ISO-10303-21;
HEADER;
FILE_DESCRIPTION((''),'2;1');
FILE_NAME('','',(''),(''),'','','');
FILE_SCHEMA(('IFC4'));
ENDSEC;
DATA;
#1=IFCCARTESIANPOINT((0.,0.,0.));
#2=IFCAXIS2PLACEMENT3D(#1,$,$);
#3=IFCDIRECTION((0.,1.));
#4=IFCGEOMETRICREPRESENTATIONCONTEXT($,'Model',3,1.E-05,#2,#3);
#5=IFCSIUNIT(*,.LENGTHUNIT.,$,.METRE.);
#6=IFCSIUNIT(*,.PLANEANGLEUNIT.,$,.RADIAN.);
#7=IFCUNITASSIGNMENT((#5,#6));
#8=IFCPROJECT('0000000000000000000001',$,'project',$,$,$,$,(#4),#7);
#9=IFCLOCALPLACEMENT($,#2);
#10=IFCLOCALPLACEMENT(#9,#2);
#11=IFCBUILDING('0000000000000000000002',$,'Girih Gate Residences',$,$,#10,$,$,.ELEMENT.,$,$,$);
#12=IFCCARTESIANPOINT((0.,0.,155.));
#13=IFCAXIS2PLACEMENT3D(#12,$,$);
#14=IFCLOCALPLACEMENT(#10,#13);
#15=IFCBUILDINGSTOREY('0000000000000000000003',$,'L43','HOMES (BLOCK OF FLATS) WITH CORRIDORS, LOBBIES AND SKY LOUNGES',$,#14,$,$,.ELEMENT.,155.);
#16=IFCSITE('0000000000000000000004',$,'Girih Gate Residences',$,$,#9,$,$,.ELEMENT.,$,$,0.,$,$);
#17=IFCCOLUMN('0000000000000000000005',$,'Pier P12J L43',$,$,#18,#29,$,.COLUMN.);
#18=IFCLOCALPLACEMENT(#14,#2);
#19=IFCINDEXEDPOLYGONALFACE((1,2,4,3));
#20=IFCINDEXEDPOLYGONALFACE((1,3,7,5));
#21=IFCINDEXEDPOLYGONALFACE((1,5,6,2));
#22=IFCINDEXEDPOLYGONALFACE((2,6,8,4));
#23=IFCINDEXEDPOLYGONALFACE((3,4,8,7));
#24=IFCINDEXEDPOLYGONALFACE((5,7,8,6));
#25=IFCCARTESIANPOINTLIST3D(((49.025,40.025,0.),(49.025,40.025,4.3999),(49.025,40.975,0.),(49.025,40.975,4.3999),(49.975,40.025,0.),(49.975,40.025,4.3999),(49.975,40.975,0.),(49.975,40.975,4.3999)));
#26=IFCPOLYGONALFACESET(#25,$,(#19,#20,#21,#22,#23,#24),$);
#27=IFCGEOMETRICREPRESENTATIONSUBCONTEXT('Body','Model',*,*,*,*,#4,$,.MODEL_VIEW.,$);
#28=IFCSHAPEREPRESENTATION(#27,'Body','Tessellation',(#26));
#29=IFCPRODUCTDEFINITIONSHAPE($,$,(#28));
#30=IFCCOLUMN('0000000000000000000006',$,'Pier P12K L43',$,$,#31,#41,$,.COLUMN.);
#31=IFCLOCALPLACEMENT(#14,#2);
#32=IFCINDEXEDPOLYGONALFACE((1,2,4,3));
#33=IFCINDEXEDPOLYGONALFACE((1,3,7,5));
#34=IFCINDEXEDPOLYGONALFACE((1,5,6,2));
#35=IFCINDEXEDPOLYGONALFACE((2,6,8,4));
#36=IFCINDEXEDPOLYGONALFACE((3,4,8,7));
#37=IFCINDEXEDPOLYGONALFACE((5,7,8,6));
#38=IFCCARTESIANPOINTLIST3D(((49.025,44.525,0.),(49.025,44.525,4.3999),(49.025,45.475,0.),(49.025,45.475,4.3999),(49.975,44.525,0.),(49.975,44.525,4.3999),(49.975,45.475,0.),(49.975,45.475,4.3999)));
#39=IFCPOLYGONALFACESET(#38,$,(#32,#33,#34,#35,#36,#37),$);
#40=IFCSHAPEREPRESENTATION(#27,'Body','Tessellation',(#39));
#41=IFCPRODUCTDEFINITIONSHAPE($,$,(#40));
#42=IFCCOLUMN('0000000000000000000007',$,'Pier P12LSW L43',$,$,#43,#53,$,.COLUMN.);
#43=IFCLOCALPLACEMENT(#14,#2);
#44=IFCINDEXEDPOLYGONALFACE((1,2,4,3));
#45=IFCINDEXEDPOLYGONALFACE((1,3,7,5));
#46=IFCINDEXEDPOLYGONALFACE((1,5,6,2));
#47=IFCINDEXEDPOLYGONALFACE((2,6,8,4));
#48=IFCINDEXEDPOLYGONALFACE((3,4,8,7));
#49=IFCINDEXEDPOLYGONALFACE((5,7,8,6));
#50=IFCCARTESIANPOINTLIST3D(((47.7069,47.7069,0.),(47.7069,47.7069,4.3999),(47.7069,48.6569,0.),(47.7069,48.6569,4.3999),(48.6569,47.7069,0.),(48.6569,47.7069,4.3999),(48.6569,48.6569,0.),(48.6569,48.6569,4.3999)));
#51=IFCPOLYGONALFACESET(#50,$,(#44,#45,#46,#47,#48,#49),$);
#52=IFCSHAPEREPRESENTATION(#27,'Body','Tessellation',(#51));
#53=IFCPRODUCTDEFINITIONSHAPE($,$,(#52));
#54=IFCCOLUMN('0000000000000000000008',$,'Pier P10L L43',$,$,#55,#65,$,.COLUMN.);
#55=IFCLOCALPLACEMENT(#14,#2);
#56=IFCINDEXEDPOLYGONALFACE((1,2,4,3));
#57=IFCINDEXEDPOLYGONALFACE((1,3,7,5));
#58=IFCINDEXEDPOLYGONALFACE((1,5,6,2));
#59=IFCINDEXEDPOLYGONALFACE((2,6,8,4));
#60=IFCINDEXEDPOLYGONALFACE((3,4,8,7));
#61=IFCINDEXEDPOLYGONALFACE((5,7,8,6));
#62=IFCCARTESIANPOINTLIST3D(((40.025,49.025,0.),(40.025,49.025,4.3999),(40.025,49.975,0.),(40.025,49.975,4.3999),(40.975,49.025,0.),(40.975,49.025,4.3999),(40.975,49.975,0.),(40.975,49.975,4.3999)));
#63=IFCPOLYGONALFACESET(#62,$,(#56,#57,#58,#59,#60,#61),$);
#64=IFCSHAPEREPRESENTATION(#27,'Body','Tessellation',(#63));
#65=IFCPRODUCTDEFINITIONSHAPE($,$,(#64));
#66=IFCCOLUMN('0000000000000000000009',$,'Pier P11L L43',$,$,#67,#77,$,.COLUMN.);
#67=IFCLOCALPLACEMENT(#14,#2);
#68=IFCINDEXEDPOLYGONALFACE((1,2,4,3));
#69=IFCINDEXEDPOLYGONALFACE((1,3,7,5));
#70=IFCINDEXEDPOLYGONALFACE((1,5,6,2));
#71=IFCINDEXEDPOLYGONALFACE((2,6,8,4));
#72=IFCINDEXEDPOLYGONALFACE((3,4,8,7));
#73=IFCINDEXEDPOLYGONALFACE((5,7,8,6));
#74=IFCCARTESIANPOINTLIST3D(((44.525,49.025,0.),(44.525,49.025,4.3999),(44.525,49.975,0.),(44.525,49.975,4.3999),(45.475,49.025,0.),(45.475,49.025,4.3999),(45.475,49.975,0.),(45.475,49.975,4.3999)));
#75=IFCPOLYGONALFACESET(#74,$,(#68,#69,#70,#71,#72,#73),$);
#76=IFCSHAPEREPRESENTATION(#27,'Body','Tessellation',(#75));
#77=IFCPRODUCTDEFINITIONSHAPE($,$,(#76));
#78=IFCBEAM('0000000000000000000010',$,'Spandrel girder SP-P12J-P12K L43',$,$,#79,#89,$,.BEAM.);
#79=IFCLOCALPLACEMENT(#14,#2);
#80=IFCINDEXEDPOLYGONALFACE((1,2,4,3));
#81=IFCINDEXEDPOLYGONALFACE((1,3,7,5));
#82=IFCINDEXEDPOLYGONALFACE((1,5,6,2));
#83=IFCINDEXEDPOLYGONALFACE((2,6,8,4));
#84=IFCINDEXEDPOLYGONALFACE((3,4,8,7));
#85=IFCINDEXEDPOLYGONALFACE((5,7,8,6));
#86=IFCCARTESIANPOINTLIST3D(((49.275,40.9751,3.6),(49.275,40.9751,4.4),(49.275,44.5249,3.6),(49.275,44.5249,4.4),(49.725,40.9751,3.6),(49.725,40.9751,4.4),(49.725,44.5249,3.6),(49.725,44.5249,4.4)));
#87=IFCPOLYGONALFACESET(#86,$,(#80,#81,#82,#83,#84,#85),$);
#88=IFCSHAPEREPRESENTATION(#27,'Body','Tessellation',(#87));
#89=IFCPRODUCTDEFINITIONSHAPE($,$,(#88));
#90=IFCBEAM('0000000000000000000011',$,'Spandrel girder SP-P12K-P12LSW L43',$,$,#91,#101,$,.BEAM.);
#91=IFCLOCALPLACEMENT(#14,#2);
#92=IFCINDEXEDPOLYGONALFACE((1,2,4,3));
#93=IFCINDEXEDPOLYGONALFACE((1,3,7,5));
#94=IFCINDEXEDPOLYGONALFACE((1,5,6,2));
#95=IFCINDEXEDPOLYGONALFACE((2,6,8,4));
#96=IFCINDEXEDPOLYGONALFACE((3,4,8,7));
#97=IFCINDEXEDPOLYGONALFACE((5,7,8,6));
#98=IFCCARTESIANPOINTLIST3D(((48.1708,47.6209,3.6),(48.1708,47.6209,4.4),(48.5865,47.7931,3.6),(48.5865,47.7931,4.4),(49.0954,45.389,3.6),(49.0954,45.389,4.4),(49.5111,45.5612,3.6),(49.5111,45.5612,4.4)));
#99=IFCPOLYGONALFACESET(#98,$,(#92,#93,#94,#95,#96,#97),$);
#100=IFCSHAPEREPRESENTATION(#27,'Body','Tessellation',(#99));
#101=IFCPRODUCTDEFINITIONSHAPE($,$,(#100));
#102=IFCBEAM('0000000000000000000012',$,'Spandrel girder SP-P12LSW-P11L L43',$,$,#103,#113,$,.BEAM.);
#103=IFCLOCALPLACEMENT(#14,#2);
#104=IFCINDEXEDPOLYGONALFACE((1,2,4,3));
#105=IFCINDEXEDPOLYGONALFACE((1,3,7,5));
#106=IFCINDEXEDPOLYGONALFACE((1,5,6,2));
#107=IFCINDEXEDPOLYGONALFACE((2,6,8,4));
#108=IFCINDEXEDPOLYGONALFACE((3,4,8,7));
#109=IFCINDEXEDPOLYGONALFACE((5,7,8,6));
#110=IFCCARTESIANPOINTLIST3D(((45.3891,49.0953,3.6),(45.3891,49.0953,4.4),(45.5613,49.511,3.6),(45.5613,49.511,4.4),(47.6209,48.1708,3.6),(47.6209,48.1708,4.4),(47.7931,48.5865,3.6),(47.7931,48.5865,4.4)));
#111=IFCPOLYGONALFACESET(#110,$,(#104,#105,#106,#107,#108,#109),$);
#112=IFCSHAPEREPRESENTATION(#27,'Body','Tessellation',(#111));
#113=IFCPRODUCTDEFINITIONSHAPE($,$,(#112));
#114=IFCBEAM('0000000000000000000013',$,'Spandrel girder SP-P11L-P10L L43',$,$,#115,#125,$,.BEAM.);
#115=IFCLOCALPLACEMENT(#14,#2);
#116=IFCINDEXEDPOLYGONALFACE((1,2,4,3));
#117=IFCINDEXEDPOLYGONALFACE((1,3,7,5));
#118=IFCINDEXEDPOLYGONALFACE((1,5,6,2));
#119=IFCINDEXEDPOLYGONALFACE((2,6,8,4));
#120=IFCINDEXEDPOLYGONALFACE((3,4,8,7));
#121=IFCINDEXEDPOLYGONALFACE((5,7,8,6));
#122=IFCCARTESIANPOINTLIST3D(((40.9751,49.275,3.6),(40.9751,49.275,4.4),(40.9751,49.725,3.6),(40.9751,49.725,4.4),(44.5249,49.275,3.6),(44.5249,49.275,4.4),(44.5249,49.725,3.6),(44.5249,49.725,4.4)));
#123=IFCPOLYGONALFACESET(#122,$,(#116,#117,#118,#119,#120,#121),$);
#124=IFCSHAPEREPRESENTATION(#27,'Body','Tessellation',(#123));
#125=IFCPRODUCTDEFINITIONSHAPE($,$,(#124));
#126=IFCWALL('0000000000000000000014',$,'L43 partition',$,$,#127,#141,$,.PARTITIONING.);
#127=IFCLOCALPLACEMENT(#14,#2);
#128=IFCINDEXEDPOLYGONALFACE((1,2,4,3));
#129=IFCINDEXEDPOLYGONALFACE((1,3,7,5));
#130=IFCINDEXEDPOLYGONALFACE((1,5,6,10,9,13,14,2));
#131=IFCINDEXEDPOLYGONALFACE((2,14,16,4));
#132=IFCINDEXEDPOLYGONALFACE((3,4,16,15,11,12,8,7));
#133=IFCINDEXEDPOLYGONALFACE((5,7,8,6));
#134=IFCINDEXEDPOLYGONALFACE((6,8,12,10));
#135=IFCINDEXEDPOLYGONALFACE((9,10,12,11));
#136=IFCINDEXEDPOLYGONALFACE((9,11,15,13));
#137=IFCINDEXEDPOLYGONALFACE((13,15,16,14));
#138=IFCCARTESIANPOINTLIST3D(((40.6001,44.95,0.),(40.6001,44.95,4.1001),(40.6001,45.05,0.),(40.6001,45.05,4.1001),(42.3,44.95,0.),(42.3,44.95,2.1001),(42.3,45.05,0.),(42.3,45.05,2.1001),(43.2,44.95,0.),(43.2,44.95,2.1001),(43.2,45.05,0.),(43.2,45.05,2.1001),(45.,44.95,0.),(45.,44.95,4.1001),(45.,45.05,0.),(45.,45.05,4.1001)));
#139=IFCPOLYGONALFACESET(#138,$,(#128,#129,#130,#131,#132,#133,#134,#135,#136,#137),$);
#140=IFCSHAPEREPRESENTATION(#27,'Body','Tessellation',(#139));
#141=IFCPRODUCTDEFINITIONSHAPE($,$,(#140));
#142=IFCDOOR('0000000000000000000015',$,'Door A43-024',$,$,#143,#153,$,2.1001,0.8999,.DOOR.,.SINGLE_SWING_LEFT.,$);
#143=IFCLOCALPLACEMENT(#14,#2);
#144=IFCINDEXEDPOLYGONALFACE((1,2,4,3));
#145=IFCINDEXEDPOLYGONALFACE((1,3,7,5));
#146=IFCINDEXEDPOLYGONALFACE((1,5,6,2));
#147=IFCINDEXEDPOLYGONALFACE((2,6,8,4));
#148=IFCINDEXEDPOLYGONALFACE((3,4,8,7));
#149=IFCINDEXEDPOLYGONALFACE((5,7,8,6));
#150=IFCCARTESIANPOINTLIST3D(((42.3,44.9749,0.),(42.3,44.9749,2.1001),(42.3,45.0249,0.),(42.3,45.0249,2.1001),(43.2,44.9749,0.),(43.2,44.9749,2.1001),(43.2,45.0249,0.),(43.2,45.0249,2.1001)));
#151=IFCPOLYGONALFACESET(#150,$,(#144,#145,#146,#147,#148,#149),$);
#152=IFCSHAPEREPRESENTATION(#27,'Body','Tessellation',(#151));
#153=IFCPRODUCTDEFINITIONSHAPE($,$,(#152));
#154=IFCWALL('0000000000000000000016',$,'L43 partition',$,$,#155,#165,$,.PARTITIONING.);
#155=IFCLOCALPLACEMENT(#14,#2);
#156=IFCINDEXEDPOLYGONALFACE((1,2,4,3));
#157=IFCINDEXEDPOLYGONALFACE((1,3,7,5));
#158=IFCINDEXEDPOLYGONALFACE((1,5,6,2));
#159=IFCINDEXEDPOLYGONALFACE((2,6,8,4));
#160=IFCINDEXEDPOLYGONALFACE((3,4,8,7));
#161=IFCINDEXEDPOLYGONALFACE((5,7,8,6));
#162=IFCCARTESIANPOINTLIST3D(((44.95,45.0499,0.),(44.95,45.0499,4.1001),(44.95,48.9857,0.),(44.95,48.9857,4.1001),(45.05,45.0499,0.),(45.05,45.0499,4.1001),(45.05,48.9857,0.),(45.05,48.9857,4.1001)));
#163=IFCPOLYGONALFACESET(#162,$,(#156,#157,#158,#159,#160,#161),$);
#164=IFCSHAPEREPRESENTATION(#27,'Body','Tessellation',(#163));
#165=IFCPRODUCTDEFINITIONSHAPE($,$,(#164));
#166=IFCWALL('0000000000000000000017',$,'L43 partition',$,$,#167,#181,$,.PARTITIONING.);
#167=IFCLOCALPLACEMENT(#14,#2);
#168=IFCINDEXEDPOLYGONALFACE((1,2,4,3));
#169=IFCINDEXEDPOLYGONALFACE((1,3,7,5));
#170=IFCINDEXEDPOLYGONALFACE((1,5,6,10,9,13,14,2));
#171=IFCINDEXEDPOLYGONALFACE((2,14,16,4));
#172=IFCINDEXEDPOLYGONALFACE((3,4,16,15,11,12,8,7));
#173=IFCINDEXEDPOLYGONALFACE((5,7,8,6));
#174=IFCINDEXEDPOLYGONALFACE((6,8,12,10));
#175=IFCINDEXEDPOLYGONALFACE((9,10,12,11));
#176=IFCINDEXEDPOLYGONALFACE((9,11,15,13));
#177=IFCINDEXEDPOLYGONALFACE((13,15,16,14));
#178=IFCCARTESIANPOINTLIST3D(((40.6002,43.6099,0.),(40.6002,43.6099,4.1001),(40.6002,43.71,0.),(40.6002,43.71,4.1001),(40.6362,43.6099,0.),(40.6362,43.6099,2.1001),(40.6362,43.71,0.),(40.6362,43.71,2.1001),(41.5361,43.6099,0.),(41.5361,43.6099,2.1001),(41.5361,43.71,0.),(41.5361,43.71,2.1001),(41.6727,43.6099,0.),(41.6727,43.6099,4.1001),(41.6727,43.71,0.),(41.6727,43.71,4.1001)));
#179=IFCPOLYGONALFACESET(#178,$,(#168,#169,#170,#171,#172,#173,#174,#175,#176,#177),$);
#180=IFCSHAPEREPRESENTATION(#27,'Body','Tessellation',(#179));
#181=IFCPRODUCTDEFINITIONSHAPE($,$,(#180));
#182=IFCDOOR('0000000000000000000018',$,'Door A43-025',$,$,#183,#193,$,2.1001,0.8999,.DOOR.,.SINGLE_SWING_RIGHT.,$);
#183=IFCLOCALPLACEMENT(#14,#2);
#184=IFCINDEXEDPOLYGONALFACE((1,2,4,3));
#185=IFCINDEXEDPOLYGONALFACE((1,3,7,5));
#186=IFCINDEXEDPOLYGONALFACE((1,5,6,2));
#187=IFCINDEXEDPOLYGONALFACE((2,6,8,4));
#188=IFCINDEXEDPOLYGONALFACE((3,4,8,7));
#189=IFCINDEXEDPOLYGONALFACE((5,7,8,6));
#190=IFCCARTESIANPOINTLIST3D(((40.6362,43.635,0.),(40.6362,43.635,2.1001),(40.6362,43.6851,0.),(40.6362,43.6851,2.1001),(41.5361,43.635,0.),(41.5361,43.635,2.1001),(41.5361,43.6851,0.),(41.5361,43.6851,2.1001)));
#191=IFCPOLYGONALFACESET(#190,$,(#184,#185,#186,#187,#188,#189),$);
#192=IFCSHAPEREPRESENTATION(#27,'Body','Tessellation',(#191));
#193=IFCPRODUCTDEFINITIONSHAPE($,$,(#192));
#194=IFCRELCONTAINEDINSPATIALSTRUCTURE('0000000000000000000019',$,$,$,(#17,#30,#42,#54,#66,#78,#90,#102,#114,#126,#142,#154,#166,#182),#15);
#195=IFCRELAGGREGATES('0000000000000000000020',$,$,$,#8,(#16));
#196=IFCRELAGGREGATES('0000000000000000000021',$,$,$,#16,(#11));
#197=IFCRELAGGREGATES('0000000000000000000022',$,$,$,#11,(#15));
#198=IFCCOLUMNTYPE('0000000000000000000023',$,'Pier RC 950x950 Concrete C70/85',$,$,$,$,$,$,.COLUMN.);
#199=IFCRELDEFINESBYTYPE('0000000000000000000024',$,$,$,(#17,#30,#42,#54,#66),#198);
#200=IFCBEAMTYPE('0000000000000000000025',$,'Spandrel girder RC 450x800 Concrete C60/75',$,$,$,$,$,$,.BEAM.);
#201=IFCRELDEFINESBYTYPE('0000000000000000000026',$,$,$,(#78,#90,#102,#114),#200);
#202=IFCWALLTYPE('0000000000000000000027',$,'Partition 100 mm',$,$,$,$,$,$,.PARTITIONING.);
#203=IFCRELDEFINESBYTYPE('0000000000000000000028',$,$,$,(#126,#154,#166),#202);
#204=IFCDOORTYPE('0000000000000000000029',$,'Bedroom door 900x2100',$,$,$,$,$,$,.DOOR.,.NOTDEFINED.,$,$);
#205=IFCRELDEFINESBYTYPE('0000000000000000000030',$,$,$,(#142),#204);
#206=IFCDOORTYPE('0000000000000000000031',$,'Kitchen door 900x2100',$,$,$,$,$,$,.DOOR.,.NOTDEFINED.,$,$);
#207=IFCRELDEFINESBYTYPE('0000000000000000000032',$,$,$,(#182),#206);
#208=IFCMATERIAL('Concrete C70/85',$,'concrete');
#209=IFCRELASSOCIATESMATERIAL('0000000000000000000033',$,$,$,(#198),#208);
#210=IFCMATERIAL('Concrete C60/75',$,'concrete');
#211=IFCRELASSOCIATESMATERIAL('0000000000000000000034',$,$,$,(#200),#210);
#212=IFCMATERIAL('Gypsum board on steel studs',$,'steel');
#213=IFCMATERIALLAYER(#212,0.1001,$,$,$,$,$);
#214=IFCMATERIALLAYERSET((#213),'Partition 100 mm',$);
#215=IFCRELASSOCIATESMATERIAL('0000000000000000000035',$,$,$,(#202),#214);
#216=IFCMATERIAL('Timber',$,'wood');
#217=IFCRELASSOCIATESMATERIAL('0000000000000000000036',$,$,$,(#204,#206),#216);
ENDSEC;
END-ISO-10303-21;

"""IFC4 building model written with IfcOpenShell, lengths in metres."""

from ifc_helpers import new_model, si_unit, direction, frame, frame_2d, origin, origin_2d, place, context, subcontext, project, spatial, rectangle, extrude, material, layer, layer_set, material_profile, profile_set, type_object, element, fill, save


model = new_model("IFC4")

# Units and contexts
model_context = context("Model", 3, precision=1e-05, world=origin(), true_north=direction((0.0, 1.0)))
body_context = subcontext(model_context, "Body", "Model", "MODEL_VIEW")
ifc_project = project(units=[si_unit("LENGTHUNIT", "METRE"), si_unit("PLANEANGLEUNIT", "RADIAN")], contexts=[model_context])

# Site, building, storey
site_placement = place(None, origin())
site = spatial("IfcSite", under=ifc_project, at=site_placement, Name="Girih Gate Residences", CompositionType="ELEMENT", RefElevation=0.0)
building_placement = place(site_placement, origin())
building = spatial("IfcBuilding", under=site, at=building_placement, Name="Girih Gate Residences", CompositionType="ELEMENT")
storey_placement = place(building_placement, frame((0.0, 0.0, 155.0)))
storey = spatial("IfcBuildingStorey", under=building, at=storey_placement, Name="L43", Description="HOMES (BLOCK OF FLATS) WITH CORRIDORS, LOBBIES AND SKY LOUNGES", CompositionType="ELEMENT", Elevation=155.0)

# Columns
ifc_material_1 = material(Name="Concrete C70/85", Category="concrete")
ifc_material_profile_1 = material_profile(ifc_material_1, rectangle(XDim=0.95, YDim=0.95, at=origin_2d()))
ifc_profile_set_1 = profile_set([ifc_material_profile_1], Name="Concrete C70/85")
column_type = type_object("IfcColumnType", Name="Pier RC 950x950 Concrete C70/85", PredefinedType="COLUMN", material=ifc_profile_set_1)
for number, where, z_axis, x_axis, name in (
    (1, (49.5, 40.5, 0.0), (0.0, 0.0, 1.0), (1.0, 0.0, 0.0), "Pier P12J L43"),
    (2, (49.5, 45.0, 0.0), (0.0, 0.0, 1.0), (1.0, 0.0, 0.0), "Pier P12K L43"),
    (3, (48.1819, 48.1819, 0.0), (0.0, 0.0, 1.0), (1.0, 0.0, 0.0), "Pier P12LSW L43"),
    (4, (40.5, 49.5, 0.0), (0.0, 0.0, 1.0), (1.0, 0.0, 0.0), "Pier P10L L43"),
    (5, (45.0, 49.5, 0.0), (0.0, 0.0, 1.0), (1.0, 0.0, 0.0), "Pier P11L L43"),
):
    element("IfcColumn", number, at=place(storey_placement, frame(where, z_axis=z_axis, x_axis=x_axis)), inside=storey, type_object=column_type, Name=name, PredefinedType="COLUMN", context=body_context, shape_type="SweptSolid", body=[
        extrude(rectangle(XDim=0.95, YDim=0.95, at=origin_2d()), origin(), (0.0, 0.0, 1.0), 4.3999),
    ])

# Beams
ifc_material_2 = material(Name="Concrete C60/75", Category="concrete")
ifc_material_profile_2 = material_profile(ifc_material_2, rectangle(XDim=0.45, YDim=0.8, at=origin_2d()))
ifc_profile_set_2 = profile_set([ifc_material_profile_2], Name="Concrete C60/75")
beam_type = type_object("IfcBeamType", Name="Spandrel girder RC 450x800 Concrete C60/75", PredefinedType="BEAM", material=ifc_profile_set_2)
beam_1_placement = place(storey_placement, frame((49.5, 40.9751, 4.0), z_axis=(0.0, 1.0, 0.0), x_axis=(-1.0, 0.0, 0.0)))
element("IfcBeam", 6, at=beam_1_placement, inside=storey, type_object=beam_type, Name="Spandrel girder SP-P12J-P12K L43", PredefinedType="BEAM", context=body_context, shape_type="SweptSolid", body=[
    extrude(rectangle(XDim=0.45, YDim=0.8, at=origin_2d()), origin(), (0.0, 0.0, 1.0), 3.5498),
])
for number, where, z_axis, x_axis, name in (
    (7, (49.3032, 45.4751, 4.0), (-0.382706, 0.92387, 0.0), (-0.92387, -0.382706, 0.0), "Spandrel girder SP-P12K-P12LSW L43"),
    (8, (47.707, 48.3787, 4.0), (-0.92387, 0.382706, 0.0), (-0.382706, -0.92387, 0.0), "Spandrel girder SP-P12LSW-P11L L43"),
):
    element("IfcBeam", number, at=place(storey_placement, frame(where, z_axis=z_axis, x_axis=x_axis)), inside=storey, type_object=beam_type, Name=name, PredefinedType="BEAM", context=body_context, shape_type="SweptSolid", body=[
        extrude(rectangle(XDim=0.45, YDim=0.8, at=origin_2d()), origin(), (0.0, 0.0, 1.0), 2.4158),
    ])
beam_2_placement = place(storey_placement, frame((44.5249, 49.5, 4.0), z_axis=(-1.0, 0.0, 0.0), x_axis=(0.0, -1.0, 0.0)))
element("IfcBeam", 9, at=beam_2_placement, inside=storey, type_object=beam_type, Name="Spandrel girder SP-P11L-P10L L43", PredefinedType="BEAM", context=body_context, shape_type="SweptSolid", body=[
    extrude(rectangle(XDim=0.45, YDim=0.8, at=origin_2d()), origin(), (0.0, 0.0, 1.0), 3.5498),
])

# Wall, opening, door
ifc_material_3 = material(Name="Gypsum board on steel studs", Category="steel")
ifc_layer_1 = layer(ifc_material_3, 0.1001)
ifc_layer_set_1 = layer_set([ifc_layer_1], Name="Partition 100 mm")
wall_type_1 = type_object("IfcWallType", Name="Partition 100 mm", PredefinedType="PARTITIONING", material=ifc_layer_set_1)
wall_1_placement = place(storey_placement, frame((40.6001, 45.0, 0.0), z_axis=(0.0, 0.0, 1.0), x_axis=(1.0, 0.0, 0.0)))
wall_1 = element("IfcWall", 10, at=wall_1_placement, inside=storey, type_object=wall_type_1, Name="L43 partition", PredefinedType="PARTITIONING", context=body_context, shape_type="SweptSolid", body=[
    extrude(rectangle(XDim=4.3999, YDim=0.1001, at=frame_2d((2.2, 0.0))), origin(), (0.0, 0.0, 1.0), 4.1001),
])
opening_1_placement = place(wall_1_placement, frame((1.7, 0.0, 0.0)))
opening_1 = element("IfcOpeningElement", 11, at=opening_1_placement, cuts=wall_1, PredefinedType="OPENING", context=body_context, shape_type="SweptSolid", body=[
    extrude(rectangle(XDim=0.8999, YDim=2.1001, at=frame_2d((0.45, 1.05))), frame((0.0, 0.0601, 0.0), z_axis=(0.0, -1.0, 0.0), x_axis=(1.0, 0.0, 0.0)), (0.0, 0.0, 1.0), 0.1201),
])
ifc_material_4 = material(Name="Timber", Category="wood")
door_type_1 = type_object("IfcDoorType", Name="Bedroom door 900x2100", OperationType="NOTDEFINED", PredefinedType="DOOR", material=ifc_material_4)
door_1_placement = place(opening_1_placement, origin())
door_1 = element("IfcDoor", 12, at=door_1_placement, inside=storey, type_object=door_type_1, Name="Door A43-024", OperationType="SINGLE_SWING_LEFT", OverallHeight=2.1001, OverallWidth=0.8999, PredefinedType="DOOR", context=body_context, shape_type="SweptSolid", body=[
    extrude(rectangle(XDim=0.8999, YDim=2.1001, at=frame_2d((0.45, 1.05))), frame((0.0, 0.0249, 0.0), z_axis=(0.0, -1.0, 0.0), x_axis=(1.0, 0.0, 0.0)), (0.0, 0.0, 1.0), 0.05),
])
fill(opening_1, door_1)

# Wall
wall_2_placement = place(storey_placement, frame((45.0, 45.05, 0.0), z_axis=(0.0, 0.0, 1.0), x_axis=(0.0, 1.0, 0.0)))
element("IfcWall", 13, at=wall_2_placement, inside=storey, type_object=wall_type_1, Name="L43 partition", PredefinedType="PARTITIONING", context=body_context, shape_type="SweptSolid", body=[
    extrude(rectangle(XDim=3.9358, YDim=0.1001, at=frame_2d((1.9678, 0.0))), origin(), (0.0, 0.0, 1.0), 4.1001),
])

# Wall, opening, door
wall_3_placement = place(storey_placement, frame((41.6726, 43.6599, 0.0), z_axis=(0.0, 0.0, 1.0), x_axis=(-1.0, 0.0, 0.0)))
wall_3 = element("IfcWall", 14, at=wall_3_placement, inside=storey, type_object=wall_type_1, Name="L43 partition", PredefinedType="PARTITIONING", context=body_context, shape_type="SweptSolid", body=[
    extrude(rectangle(XDim=1.0725, YDim=0.1001, at=frame_2d((0.5361, 0.0))), origin(), (0.0, 0.0, 1.0), 4.1001),
])
opening_2_placement = place(wall_3_placement, frame((0.1365, 0.0, 0.0)))
opening_2 = element("IfcOpeningElement", 15, at=opening_2_placement, cuts=wall_3, PredefinedType="OPENING", context=body_context, shape_type="SweptSolid", body=[
    extrude(rectangle(XDim=0.8999, YDim=2.1001, at=frame_2d((0.45, 1.05))), frame((0.0, 0.0601, 0.0), z_axis=(0.0, -1.0, 0.0), x_axis=(1.0, 0.0, 0.0)), (0.0, 0.0, 1.0), 0.1201),
])
door_type_2 = type_object("IfcDoorType", Name="Kitchen door 900x2100", OperationType="NOTDEFINED", PredefinedType="DOOR", material=ifc_material_4)
door_2_placement = place(opening_2_placement, origin())
door_2 = element("IfcDoor", 16, at=door_2_placement, inside=storey, type_object=door_type_2, Name="Door A43-025", OperationType="SINGLE_SWING_RIGHT", OverallHeight=2.1001, OverallWidth=0.8999, PredefinedType="DOOR", context=body_context, shape_type="SweptSolid", body=[
    extrude(rectangle(XDim=0.8999, YDim=2.1001, at=frame_2d((0.45, 1.05))), frame((0.0, 0.0249, 0.0), z_axis=(0.0, -1.0, 0.0), x_axis=(1.0, 0.0, 0.0)), (0.0, 0.0, 1.0), 0.05),
])
fill(opening_2, door_2)

save(model, "model.ifc")
